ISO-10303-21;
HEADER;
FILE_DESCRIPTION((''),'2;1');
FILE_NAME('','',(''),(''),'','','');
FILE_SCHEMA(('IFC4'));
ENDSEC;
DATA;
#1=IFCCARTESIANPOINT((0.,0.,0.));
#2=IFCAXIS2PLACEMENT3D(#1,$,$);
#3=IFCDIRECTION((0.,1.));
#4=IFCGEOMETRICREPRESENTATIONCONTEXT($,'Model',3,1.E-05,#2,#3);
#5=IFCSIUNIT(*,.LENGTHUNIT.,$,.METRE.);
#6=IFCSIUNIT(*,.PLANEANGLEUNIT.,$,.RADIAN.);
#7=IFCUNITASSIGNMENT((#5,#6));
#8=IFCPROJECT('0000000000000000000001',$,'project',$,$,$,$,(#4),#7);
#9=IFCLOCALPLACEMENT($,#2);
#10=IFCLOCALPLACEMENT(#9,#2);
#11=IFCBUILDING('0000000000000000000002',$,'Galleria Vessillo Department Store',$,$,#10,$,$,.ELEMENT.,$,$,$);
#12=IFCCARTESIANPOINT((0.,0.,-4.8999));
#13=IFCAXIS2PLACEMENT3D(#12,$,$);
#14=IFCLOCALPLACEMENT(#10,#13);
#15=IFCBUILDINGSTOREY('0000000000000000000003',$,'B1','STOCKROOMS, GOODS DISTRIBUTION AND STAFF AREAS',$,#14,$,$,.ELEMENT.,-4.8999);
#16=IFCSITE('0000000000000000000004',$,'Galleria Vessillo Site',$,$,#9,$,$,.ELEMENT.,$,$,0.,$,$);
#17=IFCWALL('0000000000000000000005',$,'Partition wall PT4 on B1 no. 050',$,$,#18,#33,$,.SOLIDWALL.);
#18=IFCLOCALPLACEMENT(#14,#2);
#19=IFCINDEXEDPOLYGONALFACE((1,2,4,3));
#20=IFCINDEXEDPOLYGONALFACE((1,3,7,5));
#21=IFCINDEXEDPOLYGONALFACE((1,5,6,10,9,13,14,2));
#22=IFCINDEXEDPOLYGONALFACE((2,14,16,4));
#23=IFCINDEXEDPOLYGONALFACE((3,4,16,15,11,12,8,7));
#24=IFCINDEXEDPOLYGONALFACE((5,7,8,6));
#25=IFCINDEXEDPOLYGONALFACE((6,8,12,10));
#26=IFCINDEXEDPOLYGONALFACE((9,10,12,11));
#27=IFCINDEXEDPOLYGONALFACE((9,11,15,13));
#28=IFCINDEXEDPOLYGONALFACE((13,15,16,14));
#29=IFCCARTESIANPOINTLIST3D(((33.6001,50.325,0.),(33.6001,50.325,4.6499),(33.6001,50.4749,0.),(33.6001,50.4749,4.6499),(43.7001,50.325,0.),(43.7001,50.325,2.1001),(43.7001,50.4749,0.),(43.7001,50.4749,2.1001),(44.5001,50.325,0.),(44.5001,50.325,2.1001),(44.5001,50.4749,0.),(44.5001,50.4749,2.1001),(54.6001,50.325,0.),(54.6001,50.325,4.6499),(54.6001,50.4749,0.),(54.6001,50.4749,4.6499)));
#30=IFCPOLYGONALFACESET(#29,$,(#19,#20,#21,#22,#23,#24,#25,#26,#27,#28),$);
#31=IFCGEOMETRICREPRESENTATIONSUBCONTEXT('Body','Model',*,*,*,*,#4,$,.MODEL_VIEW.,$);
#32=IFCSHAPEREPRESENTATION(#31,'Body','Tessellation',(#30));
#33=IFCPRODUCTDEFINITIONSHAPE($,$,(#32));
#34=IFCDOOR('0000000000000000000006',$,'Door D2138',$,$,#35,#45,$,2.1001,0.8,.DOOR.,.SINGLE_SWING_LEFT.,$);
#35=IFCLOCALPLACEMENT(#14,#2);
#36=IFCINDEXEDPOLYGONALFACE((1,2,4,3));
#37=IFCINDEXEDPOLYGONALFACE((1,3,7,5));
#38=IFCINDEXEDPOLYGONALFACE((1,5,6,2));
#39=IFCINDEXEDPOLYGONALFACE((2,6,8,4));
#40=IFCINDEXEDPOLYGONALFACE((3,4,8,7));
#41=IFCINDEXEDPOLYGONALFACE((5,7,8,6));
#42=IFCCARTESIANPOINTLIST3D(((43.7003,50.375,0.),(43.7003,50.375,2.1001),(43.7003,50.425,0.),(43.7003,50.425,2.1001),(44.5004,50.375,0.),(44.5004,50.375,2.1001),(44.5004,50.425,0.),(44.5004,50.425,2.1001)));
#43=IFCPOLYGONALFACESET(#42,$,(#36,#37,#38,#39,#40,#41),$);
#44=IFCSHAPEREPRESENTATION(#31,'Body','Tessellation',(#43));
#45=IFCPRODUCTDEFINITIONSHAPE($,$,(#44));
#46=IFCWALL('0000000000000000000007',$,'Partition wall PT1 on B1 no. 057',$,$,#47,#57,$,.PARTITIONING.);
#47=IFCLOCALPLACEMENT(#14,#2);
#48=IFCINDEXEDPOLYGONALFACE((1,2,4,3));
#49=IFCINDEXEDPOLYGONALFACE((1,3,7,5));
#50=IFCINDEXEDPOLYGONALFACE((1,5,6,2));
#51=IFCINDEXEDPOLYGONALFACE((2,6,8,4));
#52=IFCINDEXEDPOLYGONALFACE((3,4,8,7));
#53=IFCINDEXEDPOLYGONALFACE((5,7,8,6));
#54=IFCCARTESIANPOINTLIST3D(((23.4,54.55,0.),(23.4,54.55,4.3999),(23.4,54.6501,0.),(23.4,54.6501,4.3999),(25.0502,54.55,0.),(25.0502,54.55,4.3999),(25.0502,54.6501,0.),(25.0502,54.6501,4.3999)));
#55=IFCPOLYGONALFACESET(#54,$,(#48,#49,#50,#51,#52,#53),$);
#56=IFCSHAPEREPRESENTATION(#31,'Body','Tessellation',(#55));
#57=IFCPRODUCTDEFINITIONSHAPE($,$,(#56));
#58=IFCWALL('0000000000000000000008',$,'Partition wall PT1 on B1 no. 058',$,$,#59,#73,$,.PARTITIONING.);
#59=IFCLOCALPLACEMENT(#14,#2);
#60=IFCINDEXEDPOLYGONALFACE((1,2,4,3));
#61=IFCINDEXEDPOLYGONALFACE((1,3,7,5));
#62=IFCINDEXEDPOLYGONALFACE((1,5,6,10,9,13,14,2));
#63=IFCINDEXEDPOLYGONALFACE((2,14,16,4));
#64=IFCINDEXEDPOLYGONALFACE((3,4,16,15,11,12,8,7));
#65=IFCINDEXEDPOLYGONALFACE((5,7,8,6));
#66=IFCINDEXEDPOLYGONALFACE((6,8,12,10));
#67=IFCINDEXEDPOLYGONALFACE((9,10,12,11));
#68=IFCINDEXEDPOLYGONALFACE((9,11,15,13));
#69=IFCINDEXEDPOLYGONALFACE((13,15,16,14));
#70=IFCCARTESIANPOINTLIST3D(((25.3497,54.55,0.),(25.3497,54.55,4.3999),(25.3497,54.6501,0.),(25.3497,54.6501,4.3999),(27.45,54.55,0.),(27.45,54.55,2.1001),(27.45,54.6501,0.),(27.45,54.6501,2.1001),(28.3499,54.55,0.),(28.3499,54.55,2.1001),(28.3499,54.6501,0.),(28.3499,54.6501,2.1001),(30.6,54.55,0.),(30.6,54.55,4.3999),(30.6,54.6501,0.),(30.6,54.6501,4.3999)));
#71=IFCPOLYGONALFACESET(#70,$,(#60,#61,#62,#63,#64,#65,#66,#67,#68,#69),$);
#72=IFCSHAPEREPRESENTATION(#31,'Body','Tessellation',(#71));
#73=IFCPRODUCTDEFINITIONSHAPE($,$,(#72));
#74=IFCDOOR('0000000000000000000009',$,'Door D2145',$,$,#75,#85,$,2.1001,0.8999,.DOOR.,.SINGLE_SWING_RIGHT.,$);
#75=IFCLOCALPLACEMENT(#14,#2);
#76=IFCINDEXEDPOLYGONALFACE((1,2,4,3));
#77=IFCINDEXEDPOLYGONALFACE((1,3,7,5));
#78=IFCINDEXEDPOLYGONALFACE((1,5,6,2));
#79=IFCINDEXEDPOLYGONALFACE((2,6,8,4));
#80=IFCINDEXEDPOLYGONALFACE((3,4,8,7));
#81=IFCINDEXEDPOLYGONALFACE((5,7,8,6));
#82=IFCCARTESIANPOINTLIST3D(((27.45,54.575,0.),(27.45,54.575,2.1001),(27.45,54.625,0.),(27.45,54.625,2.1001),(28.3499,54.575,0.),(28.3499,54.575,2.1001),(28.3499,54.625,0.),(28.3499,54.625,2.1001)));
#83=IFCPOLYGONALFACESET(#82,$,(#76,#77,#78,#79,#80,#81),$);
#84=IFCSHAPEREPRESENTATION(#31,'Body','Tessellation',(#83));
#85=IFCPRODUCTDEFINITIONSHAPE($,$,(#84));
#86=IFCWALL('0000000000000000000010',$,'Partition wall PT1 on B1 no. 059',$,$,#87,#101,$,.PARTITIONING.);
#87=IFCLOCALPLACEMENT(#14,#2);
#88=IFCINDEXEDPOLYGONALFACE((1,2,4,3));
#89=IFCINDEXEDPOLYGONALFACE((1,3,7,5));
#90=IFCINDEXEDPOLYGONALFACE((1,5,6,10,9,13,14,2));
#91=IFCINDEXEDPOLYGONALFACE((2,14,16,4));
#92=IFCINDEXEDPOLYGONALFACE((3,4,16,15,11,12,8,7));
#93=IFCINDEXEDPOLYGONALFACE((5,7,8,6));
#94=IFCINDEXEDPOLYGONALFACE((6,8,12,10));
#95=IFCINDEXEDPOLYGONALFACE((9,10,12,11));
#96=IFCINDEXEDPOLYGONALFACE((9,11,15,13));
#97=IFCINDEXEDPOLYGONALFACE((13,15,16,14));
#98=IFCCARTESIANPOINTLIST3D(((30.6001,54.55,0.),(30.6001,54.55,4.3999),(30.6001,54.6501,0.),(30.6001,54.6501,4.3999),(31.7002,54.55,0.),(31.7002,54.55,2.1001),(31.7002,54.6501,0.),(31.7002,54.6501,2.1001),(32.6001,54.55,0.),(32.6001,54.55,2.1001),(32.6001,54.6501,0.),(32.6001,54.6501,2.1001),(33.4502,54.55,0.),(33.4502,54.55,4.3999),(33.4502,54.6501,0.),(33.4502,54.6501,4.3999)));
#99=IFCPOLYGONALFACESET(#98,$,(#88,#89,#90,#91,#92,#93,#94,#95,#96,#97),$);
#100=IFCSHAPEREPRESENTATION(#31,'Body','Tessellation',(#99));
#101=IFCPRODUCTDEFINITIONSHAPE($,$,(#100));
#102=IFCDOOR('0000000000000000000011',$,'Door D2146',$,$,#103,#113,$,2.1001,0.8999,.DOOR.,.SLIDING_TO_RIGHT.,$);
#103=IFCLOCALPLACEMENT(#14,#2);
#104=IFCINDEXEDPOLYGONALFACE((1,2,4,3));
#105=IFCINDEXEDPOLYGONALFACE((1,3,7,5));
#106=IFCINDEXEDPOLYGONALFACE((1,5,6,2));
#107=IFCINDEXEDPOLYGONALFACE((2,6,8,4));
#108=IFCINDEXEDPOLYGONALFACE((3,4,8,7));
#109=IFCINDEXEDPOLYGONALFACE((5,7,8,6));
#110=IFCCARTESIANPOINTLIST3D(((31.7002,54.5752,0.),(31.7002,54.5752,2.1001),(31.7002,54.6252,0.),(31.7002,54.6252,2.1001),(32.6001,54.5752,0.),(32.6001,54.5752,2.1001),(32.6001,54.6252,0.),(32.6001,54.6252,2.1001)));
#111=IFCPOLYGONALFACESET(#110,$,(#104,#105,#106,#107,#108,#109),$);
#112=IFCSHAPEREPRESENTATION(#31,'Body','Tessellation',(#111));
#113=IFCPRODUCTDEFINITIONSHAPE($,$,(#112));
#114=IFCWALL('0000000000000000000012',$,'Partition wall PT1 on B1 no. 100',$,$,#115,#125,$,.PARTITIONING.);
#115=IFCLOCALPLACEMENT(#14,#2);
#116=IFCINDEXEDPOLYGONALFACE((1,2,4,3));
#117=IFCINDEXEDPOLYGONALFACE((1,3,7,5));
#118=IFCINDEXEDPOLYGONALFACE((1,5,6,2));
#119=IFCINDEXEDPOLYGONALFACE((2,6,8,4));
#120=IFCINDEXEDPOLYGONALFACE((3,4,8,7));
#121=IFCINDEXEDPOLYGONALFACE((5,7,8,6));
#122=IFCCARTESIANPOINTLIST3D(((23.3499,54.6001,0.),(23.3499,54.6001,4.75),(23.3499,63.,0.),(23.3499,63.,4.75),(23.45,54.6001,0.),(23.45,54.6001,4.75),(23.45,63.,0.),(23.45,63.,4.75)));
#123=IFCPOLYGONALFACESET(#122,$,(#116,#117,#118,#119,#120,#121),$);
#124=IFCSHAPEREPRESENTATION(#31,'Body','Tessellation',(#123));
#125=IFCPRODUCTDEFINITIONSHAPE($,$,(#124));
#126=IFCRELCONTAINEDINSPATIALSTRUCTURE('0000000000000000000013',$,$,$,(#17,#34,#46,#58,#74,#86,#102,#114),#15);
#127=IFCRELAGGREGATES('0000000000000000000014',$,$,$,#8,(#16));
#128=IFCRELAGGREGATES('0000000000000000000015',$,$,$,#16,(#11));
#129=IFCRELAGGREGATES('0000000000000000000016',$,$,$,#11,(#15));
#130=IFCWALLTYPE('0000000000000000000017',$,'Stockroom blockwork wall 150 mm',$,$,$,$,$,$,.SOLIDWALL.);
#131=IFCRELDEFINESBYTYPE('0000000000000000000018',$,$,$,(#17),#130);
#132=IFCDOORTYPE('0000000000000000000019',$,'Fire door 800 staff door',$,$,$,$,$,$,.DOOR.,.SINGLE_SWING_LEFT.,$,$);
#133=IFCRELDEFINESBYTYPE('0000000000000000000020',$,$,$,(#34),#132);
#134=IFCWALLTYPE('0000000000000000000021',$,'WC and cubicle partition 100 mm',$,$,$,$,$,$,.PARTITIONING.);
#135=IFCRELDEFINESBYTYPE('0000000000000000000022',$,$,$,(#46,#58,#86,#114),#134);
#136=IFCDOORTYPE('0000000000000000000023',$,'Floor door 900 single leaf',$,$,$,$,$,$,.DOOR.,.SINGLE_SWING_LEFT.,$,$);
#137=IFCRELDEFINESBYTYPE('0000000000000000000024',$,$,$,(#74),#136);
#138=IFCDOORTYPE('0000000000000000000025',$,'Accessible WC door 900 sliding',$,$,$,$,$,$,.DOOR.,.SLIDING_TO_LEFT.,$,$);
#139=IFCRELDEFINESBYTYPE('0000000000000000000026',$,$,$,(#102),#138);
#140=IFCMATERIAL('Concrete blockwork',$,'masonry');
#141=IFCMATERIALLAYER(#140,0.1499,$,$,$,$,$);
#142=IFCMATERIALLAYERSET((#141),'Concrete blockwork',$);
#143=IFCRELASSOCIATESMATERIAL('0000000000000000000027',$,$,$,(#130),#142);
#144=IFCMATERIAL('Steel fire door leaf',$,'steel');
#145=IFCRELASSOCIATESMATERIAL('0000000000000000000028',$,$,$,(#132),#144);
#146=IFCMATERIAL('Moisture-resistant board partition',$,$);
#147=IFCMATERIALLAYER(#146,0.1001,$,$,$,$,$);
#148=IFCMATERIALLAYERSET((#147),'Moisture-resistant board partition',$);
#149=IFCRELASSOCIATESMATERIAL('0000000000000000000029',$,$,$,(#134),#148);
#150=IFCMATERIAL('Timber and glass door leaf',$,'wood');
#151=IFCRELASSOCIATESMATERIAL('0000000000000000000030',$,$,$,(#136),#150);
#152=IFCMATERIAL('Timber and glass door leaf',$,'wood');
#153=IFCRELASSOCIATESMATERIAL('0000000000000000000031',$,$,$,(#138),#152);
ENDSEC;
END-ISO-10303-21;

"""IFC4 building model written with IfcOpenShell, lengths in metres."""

from ifc_helpers import new_model, si_unit, direction, frame, frame_2d, origin, place, context, subcontext, project, spatial, rectangle, extrude, material, layer, layer_set, type_object, element, fill, save


model = new_model("IFC4")

# Units and contexts
model_context = context("Model", 3, precision=1e-05, world=origin(), true_north=direction((0.0, 1.0)))
body_context = subcontext(model_context, "Body", "Model", "MODEL_VIEW")
ifc_project = project(units=[si_unit("LENGTHUNIT", "METRE"), si_unit("PLANEANGLEUNIT", "RADIAN")], contexts=[model_context])

# Site, building, storey
site_placement = place(None, origin())
site = spatial("IfcSite", under=ifc_project, at=site_placement, Name="Galleria Vessillo Site", CompositionType="ELEMENT", RefElevation=0.0)
building_placement = place(site_placement, origin())
building = spatial("IfcBuilding", under=site, at=building_placement, Name="Galleria Vessillo Department Store", CompositionType="ELEMENT")
storey_placement = place(building_placement, frame((0.0, 0.0, -4.8999)))
storey = spatial("IfcBuildingStorey", under=building, at=storey_placement, Name="B1", Description="STOCKROOMS, GOODS DISTRIBUTION AND STAFF AREAS", CompositionType="ELEMENT", Elevation=-4.8999)

# Wall, opening, door
ifc_material_1 = material(Name="Concrete blockwork", Category="masonry")
ifc_layer_1 = layer(ifc_material_1, 0.1499)
ifc_layer_set_1 = layer_set([ifc_layer_1], Name="Concrete blockwork")
wall_type_1 = type_object("IfcWallType", Name="Stockroom blockwork wall 150 mm", PredefinedType="SOLIDWALL", material=ifc_layer_set_1)
wall_1_placement = place(storey_placement, frame((33.6001, 50.3999, 0.0), z_axis=(0.0, 0.0, 1.0), x_axis=(1.0, 0.0, 0.0)))
wall_1 = element("IfcWall", 1, at=wall_1_placement, inside=storey, type_object=wall_type_1, Name="Partition wall PT4 on B1 no. 050", PredefinedType="SOLIDWALL", context=body_context, shape_type="SweptSolid", body=[
    extrude(rectangle(XDim=21.0, YDim=0.1499, at=frame_2d((10.5, 0.0))), origin(), (0.0, 0.0, 1.0), 4.6499),
])
opening_1_placement = place(wall_1_placement, frame((10.1001, 0.0, 0.0)))
opening_1 = element("IfcOpeningElement", 2, at=opening_1_placement, cuts=wall_1, PredefinedType="OPENING", context=body_context, shape_type="SweptSolid", body=[
    extrude(rectangle(XDim=0.8, YDim=2.1001, at=frame_2d((0.3999, 1.05))), frame((0.0, 0.085, 0.0), z_axis=(0.0, -1.0, 0.0), x_axis=(1.0, 0.0, 0.0)), (0.0, 0.0, 1.0), 0.1699),
])
ifc_material_2 = material(Name="Steel fire door leaf", Category="steel")
door_type_1 = type_object("IfcDoorType", Name="Fire door 800 staff door", OperationType="SINGLE_SWING_LEFT", PredefinedType="DOOR", material=ifc_material_2)
door_1_placement = place(opening_1_placement, frame((0.8, 0.0, 0.0), z_axis=(0.0, 0.0, 1.0), x_axis=(-1.0, 0.0, 0.0)))
door_1 = element("IfcDoor", 3, at=door_1_placement, inside=storey, type_object=door_type_1, Name="Door D2138", OperationType="SINGLE_SWING_LEFT", OverallHeight=2.1001, OverallWidth=0.8, PredefinedType="DOOR", context=body_context, shape_type="SweptSolid", body=[
    extrude(rectangle(XDim=0.8, YDim=2.1001, at=frame_2d((0.3999, 1.05))), frame((0.0, 0.0249, 0.0), z_axis=(0.0, -1.0, 0.0), x_axis=(1.0, 0.0, 0.0)), (0.0, 0.0, 1.0), 0.05),
])
fill(opening_1, door_1)

# Wall
ifc_material_3 = material(Name="Moisture-resistant board partition")
ifc_layer_2 = layer(ifc_material_3, 0.1001)
ifc_layer_set_2 = layer_set([ifc_layer_2], Name="Moisture-resistant board partition")
wall_type_2 = type_object("IfcWallType", Name="WC and cubicle partition 100 mm", PredefinedType="PARTITIONING", material=ifc_layer_set_2)
wall_2_placement = place(storey_placement, frame((23.3999, 54.6001, 0.0), z_axis=(0.0, 0.0, 1.0), x_axis=(1.0, 0.0, 0.0)))
element("IfcWall", 4, at=wall_2_placement, inside=storey, type_object=wall_type_2, Name="Partition wall PT1 on B1 no. 057", PredefinedType="PARTITIONING", context=body_context, shape_type="SweptSolid", body=[
    extrude(rectangle(XDim=1.6501, YDim=0.1001, at=frame_2d((0.8252, 0.0))), origin(), (0.0, 0.0, 1.0), 4.3999),
])

# Walls, openings, doors
wall_3_placement = place(storey_placement, frame((25.3499, 54.6001, 0.0), z_axis=(0.0, 0.0, 1.0), x_axis=(1.0, 0.0, 0.0)))
wall_3 = element("IfcWall", 5, at=wall_3_placement, inside=storey, type_object=wall_type_2, Name="Partition wall PT1 on B1 no. 058", PredefinedType="PARTITIONING", context=body_context, shape_type="SweptSolid", body=[
    extrude(rectangle(XDim=5.2502, YDim=0.1001, at=frame_2d((2.625, 0.0))), origin(), (0.0, 0.0, 1.0), 4.3999),
])
opening_2_placement = place(wall_3_placement, frame((2.1001, 0.0, 0.0)))
opening_2 = element("IfcOpeningElement", 6, at=opening_2_placement, cuts=wall_3, PredefinedType="OPENING", context=body_context, shape_type="SweptSolid", body=[
    extrude(rectangle(XDim=0.8999, YDim=2.1001, at=frame_2d((0.45, 1.05))), frame((0.0, 0.0601, 0.0), z_axis=(0.0, -1.0, 0.0), x_axis=(1.0, 0.0, 0.0)), (0.0, 0.0, 1.0), 0.1201),
])
ifc_material_4 = material(Name="Timber and glass door leaf", Category="wood")
door_type_2 = type_object("IfcDoorType", Name="Floor door 900 single leaf", OperationType="SINGLE_SWING_LEFT", PredefinedType="DOOR", material=ifc_material_4)
door_2_placement = place(opening_2_placement, origin())
door_2 = element("IfcDoor", 7, at=door_2_placement, inside=storey, type_object=door_type_2, Name="Door D2145", OperationType="SINGLE_SWING_RIGHT", OverallHeight=2.1001, OverallWidth=0.8999, PredefinedType="DOOR", context=body_context, shape_type="SweptSolid", body=[
    extrude(rectangle(XDim=0.8999, YDim=2.1001, at=frame_2d((0.45, 1.05))), frame((0.0, 0.0249, 0.0), z_axis=(0.0, -1.0, 0.0), x_axis=(1.0, 0.0, 0.0)), (0.0, 0.0, 1.0), 0.05),
])
fill(opening_2, door_2)
wall_4_placement = place(storey_placement, frame((30.6001, 54.6001, 0.0), z_axis=(0.0, 0.0, 1.0), x_axis=(1.0, 0.0, 0.0)))
wall_4 = element("IfcWall", 8, at=wall_4_placement, inside=storey, type_object=wall_type_2, Name="Partition wall PT1 on B1 no. 059", PredefinedType="PARTITIONING", context=body_context, shape_type="SweptSolid", body=[
    extrude(rectangle(XDim=2.8501, YDim=0.1001, at=frame_2d((1.425, 0.0))), origin(), (0.0, 0.0, 1.0), 4.3999),
])
opening_3_placement = place(wall_4_placement, frame((1.1001, 0.0, 0.0)))
opening_3 = element("IfcOpeningElement", 9, at=opening_3_placement, cuts=wall_4, PredefinedType="OPENING", context=body_context, shape_type="SweptSolid", body=[
    extrude(rectangle(XDim=0.8999, YDim=2.1001, at=frame_2d((0.45, 1.05))), frame((0.0, 0.0601, 0.0), z_axis=(0.0, -1.0, 0.0), x_axis=(1.0, 0.0, 0.0)), (0.0, 0.0, 1.0), 0.1201),
])
ifc_material_5 = material(Name="Timber and glass door leaf", Category="wood")
door_type_3 = type_object("IfcDoorType", Name="Accessible WC door 900 sliding", OperationType="SLIDING_TO_LEFT", PredefinedType="DOOR", material=ifc_material_5)
door_3_placement = place(opening_3_placement, frame((0.8999, 0.0, 0.0), z_axis=(0.0, 0.0, 1.0), x_axis=(-1.0, 0.0, 0.0)))
door_3 = element("IfcDoor", 10, at=door_3_placement, inside=storey, type_object=door_type_3, Name="Door D2146", OperationType="SLIDING_TO_RIGHT", OverallHeight=2.1001, OverallWidth=0.8999, PredefinedType="DOOR", context=body_context, shape_type="SweptSolid", body=[
    extrude(rectangle(XDim=0.8999, YDim=2.1001, at=frame_2d((0.45, 1.05))), frame((0.0, 0.0249, 0.0), z_axis=(0.0, -1.0, 0.0), x_axis=(1.0, 0.0, 0.0)), (0.0, 0.0, 1.0), 0.05),
])
fill(opening_3, door_3)

# Wall
wall_5_placement = place(storey_placement, frame((23.3999, 54.6001, 0.0), z_axis=(0.0, 0.0, 1.0), x_axis=(0.0, 1.0, 0.0)))
element("IfcWall", 11, at=wall_5_placement, inside=storey, type_object=wall_type_2, Name="Partition wall PT1 on B1 no. 100", PredefinedType="PARTITIONING", context=body_context, shape_type="SweptSolid", body=[
    extrude(rectangle(XDim=8.3999, YDim=0.1001, at=frame_2d((4.2, 0.0))), origin(), (0.0, 0.0, 1.0), 4.75),
])

save(model, "model.ifc")
